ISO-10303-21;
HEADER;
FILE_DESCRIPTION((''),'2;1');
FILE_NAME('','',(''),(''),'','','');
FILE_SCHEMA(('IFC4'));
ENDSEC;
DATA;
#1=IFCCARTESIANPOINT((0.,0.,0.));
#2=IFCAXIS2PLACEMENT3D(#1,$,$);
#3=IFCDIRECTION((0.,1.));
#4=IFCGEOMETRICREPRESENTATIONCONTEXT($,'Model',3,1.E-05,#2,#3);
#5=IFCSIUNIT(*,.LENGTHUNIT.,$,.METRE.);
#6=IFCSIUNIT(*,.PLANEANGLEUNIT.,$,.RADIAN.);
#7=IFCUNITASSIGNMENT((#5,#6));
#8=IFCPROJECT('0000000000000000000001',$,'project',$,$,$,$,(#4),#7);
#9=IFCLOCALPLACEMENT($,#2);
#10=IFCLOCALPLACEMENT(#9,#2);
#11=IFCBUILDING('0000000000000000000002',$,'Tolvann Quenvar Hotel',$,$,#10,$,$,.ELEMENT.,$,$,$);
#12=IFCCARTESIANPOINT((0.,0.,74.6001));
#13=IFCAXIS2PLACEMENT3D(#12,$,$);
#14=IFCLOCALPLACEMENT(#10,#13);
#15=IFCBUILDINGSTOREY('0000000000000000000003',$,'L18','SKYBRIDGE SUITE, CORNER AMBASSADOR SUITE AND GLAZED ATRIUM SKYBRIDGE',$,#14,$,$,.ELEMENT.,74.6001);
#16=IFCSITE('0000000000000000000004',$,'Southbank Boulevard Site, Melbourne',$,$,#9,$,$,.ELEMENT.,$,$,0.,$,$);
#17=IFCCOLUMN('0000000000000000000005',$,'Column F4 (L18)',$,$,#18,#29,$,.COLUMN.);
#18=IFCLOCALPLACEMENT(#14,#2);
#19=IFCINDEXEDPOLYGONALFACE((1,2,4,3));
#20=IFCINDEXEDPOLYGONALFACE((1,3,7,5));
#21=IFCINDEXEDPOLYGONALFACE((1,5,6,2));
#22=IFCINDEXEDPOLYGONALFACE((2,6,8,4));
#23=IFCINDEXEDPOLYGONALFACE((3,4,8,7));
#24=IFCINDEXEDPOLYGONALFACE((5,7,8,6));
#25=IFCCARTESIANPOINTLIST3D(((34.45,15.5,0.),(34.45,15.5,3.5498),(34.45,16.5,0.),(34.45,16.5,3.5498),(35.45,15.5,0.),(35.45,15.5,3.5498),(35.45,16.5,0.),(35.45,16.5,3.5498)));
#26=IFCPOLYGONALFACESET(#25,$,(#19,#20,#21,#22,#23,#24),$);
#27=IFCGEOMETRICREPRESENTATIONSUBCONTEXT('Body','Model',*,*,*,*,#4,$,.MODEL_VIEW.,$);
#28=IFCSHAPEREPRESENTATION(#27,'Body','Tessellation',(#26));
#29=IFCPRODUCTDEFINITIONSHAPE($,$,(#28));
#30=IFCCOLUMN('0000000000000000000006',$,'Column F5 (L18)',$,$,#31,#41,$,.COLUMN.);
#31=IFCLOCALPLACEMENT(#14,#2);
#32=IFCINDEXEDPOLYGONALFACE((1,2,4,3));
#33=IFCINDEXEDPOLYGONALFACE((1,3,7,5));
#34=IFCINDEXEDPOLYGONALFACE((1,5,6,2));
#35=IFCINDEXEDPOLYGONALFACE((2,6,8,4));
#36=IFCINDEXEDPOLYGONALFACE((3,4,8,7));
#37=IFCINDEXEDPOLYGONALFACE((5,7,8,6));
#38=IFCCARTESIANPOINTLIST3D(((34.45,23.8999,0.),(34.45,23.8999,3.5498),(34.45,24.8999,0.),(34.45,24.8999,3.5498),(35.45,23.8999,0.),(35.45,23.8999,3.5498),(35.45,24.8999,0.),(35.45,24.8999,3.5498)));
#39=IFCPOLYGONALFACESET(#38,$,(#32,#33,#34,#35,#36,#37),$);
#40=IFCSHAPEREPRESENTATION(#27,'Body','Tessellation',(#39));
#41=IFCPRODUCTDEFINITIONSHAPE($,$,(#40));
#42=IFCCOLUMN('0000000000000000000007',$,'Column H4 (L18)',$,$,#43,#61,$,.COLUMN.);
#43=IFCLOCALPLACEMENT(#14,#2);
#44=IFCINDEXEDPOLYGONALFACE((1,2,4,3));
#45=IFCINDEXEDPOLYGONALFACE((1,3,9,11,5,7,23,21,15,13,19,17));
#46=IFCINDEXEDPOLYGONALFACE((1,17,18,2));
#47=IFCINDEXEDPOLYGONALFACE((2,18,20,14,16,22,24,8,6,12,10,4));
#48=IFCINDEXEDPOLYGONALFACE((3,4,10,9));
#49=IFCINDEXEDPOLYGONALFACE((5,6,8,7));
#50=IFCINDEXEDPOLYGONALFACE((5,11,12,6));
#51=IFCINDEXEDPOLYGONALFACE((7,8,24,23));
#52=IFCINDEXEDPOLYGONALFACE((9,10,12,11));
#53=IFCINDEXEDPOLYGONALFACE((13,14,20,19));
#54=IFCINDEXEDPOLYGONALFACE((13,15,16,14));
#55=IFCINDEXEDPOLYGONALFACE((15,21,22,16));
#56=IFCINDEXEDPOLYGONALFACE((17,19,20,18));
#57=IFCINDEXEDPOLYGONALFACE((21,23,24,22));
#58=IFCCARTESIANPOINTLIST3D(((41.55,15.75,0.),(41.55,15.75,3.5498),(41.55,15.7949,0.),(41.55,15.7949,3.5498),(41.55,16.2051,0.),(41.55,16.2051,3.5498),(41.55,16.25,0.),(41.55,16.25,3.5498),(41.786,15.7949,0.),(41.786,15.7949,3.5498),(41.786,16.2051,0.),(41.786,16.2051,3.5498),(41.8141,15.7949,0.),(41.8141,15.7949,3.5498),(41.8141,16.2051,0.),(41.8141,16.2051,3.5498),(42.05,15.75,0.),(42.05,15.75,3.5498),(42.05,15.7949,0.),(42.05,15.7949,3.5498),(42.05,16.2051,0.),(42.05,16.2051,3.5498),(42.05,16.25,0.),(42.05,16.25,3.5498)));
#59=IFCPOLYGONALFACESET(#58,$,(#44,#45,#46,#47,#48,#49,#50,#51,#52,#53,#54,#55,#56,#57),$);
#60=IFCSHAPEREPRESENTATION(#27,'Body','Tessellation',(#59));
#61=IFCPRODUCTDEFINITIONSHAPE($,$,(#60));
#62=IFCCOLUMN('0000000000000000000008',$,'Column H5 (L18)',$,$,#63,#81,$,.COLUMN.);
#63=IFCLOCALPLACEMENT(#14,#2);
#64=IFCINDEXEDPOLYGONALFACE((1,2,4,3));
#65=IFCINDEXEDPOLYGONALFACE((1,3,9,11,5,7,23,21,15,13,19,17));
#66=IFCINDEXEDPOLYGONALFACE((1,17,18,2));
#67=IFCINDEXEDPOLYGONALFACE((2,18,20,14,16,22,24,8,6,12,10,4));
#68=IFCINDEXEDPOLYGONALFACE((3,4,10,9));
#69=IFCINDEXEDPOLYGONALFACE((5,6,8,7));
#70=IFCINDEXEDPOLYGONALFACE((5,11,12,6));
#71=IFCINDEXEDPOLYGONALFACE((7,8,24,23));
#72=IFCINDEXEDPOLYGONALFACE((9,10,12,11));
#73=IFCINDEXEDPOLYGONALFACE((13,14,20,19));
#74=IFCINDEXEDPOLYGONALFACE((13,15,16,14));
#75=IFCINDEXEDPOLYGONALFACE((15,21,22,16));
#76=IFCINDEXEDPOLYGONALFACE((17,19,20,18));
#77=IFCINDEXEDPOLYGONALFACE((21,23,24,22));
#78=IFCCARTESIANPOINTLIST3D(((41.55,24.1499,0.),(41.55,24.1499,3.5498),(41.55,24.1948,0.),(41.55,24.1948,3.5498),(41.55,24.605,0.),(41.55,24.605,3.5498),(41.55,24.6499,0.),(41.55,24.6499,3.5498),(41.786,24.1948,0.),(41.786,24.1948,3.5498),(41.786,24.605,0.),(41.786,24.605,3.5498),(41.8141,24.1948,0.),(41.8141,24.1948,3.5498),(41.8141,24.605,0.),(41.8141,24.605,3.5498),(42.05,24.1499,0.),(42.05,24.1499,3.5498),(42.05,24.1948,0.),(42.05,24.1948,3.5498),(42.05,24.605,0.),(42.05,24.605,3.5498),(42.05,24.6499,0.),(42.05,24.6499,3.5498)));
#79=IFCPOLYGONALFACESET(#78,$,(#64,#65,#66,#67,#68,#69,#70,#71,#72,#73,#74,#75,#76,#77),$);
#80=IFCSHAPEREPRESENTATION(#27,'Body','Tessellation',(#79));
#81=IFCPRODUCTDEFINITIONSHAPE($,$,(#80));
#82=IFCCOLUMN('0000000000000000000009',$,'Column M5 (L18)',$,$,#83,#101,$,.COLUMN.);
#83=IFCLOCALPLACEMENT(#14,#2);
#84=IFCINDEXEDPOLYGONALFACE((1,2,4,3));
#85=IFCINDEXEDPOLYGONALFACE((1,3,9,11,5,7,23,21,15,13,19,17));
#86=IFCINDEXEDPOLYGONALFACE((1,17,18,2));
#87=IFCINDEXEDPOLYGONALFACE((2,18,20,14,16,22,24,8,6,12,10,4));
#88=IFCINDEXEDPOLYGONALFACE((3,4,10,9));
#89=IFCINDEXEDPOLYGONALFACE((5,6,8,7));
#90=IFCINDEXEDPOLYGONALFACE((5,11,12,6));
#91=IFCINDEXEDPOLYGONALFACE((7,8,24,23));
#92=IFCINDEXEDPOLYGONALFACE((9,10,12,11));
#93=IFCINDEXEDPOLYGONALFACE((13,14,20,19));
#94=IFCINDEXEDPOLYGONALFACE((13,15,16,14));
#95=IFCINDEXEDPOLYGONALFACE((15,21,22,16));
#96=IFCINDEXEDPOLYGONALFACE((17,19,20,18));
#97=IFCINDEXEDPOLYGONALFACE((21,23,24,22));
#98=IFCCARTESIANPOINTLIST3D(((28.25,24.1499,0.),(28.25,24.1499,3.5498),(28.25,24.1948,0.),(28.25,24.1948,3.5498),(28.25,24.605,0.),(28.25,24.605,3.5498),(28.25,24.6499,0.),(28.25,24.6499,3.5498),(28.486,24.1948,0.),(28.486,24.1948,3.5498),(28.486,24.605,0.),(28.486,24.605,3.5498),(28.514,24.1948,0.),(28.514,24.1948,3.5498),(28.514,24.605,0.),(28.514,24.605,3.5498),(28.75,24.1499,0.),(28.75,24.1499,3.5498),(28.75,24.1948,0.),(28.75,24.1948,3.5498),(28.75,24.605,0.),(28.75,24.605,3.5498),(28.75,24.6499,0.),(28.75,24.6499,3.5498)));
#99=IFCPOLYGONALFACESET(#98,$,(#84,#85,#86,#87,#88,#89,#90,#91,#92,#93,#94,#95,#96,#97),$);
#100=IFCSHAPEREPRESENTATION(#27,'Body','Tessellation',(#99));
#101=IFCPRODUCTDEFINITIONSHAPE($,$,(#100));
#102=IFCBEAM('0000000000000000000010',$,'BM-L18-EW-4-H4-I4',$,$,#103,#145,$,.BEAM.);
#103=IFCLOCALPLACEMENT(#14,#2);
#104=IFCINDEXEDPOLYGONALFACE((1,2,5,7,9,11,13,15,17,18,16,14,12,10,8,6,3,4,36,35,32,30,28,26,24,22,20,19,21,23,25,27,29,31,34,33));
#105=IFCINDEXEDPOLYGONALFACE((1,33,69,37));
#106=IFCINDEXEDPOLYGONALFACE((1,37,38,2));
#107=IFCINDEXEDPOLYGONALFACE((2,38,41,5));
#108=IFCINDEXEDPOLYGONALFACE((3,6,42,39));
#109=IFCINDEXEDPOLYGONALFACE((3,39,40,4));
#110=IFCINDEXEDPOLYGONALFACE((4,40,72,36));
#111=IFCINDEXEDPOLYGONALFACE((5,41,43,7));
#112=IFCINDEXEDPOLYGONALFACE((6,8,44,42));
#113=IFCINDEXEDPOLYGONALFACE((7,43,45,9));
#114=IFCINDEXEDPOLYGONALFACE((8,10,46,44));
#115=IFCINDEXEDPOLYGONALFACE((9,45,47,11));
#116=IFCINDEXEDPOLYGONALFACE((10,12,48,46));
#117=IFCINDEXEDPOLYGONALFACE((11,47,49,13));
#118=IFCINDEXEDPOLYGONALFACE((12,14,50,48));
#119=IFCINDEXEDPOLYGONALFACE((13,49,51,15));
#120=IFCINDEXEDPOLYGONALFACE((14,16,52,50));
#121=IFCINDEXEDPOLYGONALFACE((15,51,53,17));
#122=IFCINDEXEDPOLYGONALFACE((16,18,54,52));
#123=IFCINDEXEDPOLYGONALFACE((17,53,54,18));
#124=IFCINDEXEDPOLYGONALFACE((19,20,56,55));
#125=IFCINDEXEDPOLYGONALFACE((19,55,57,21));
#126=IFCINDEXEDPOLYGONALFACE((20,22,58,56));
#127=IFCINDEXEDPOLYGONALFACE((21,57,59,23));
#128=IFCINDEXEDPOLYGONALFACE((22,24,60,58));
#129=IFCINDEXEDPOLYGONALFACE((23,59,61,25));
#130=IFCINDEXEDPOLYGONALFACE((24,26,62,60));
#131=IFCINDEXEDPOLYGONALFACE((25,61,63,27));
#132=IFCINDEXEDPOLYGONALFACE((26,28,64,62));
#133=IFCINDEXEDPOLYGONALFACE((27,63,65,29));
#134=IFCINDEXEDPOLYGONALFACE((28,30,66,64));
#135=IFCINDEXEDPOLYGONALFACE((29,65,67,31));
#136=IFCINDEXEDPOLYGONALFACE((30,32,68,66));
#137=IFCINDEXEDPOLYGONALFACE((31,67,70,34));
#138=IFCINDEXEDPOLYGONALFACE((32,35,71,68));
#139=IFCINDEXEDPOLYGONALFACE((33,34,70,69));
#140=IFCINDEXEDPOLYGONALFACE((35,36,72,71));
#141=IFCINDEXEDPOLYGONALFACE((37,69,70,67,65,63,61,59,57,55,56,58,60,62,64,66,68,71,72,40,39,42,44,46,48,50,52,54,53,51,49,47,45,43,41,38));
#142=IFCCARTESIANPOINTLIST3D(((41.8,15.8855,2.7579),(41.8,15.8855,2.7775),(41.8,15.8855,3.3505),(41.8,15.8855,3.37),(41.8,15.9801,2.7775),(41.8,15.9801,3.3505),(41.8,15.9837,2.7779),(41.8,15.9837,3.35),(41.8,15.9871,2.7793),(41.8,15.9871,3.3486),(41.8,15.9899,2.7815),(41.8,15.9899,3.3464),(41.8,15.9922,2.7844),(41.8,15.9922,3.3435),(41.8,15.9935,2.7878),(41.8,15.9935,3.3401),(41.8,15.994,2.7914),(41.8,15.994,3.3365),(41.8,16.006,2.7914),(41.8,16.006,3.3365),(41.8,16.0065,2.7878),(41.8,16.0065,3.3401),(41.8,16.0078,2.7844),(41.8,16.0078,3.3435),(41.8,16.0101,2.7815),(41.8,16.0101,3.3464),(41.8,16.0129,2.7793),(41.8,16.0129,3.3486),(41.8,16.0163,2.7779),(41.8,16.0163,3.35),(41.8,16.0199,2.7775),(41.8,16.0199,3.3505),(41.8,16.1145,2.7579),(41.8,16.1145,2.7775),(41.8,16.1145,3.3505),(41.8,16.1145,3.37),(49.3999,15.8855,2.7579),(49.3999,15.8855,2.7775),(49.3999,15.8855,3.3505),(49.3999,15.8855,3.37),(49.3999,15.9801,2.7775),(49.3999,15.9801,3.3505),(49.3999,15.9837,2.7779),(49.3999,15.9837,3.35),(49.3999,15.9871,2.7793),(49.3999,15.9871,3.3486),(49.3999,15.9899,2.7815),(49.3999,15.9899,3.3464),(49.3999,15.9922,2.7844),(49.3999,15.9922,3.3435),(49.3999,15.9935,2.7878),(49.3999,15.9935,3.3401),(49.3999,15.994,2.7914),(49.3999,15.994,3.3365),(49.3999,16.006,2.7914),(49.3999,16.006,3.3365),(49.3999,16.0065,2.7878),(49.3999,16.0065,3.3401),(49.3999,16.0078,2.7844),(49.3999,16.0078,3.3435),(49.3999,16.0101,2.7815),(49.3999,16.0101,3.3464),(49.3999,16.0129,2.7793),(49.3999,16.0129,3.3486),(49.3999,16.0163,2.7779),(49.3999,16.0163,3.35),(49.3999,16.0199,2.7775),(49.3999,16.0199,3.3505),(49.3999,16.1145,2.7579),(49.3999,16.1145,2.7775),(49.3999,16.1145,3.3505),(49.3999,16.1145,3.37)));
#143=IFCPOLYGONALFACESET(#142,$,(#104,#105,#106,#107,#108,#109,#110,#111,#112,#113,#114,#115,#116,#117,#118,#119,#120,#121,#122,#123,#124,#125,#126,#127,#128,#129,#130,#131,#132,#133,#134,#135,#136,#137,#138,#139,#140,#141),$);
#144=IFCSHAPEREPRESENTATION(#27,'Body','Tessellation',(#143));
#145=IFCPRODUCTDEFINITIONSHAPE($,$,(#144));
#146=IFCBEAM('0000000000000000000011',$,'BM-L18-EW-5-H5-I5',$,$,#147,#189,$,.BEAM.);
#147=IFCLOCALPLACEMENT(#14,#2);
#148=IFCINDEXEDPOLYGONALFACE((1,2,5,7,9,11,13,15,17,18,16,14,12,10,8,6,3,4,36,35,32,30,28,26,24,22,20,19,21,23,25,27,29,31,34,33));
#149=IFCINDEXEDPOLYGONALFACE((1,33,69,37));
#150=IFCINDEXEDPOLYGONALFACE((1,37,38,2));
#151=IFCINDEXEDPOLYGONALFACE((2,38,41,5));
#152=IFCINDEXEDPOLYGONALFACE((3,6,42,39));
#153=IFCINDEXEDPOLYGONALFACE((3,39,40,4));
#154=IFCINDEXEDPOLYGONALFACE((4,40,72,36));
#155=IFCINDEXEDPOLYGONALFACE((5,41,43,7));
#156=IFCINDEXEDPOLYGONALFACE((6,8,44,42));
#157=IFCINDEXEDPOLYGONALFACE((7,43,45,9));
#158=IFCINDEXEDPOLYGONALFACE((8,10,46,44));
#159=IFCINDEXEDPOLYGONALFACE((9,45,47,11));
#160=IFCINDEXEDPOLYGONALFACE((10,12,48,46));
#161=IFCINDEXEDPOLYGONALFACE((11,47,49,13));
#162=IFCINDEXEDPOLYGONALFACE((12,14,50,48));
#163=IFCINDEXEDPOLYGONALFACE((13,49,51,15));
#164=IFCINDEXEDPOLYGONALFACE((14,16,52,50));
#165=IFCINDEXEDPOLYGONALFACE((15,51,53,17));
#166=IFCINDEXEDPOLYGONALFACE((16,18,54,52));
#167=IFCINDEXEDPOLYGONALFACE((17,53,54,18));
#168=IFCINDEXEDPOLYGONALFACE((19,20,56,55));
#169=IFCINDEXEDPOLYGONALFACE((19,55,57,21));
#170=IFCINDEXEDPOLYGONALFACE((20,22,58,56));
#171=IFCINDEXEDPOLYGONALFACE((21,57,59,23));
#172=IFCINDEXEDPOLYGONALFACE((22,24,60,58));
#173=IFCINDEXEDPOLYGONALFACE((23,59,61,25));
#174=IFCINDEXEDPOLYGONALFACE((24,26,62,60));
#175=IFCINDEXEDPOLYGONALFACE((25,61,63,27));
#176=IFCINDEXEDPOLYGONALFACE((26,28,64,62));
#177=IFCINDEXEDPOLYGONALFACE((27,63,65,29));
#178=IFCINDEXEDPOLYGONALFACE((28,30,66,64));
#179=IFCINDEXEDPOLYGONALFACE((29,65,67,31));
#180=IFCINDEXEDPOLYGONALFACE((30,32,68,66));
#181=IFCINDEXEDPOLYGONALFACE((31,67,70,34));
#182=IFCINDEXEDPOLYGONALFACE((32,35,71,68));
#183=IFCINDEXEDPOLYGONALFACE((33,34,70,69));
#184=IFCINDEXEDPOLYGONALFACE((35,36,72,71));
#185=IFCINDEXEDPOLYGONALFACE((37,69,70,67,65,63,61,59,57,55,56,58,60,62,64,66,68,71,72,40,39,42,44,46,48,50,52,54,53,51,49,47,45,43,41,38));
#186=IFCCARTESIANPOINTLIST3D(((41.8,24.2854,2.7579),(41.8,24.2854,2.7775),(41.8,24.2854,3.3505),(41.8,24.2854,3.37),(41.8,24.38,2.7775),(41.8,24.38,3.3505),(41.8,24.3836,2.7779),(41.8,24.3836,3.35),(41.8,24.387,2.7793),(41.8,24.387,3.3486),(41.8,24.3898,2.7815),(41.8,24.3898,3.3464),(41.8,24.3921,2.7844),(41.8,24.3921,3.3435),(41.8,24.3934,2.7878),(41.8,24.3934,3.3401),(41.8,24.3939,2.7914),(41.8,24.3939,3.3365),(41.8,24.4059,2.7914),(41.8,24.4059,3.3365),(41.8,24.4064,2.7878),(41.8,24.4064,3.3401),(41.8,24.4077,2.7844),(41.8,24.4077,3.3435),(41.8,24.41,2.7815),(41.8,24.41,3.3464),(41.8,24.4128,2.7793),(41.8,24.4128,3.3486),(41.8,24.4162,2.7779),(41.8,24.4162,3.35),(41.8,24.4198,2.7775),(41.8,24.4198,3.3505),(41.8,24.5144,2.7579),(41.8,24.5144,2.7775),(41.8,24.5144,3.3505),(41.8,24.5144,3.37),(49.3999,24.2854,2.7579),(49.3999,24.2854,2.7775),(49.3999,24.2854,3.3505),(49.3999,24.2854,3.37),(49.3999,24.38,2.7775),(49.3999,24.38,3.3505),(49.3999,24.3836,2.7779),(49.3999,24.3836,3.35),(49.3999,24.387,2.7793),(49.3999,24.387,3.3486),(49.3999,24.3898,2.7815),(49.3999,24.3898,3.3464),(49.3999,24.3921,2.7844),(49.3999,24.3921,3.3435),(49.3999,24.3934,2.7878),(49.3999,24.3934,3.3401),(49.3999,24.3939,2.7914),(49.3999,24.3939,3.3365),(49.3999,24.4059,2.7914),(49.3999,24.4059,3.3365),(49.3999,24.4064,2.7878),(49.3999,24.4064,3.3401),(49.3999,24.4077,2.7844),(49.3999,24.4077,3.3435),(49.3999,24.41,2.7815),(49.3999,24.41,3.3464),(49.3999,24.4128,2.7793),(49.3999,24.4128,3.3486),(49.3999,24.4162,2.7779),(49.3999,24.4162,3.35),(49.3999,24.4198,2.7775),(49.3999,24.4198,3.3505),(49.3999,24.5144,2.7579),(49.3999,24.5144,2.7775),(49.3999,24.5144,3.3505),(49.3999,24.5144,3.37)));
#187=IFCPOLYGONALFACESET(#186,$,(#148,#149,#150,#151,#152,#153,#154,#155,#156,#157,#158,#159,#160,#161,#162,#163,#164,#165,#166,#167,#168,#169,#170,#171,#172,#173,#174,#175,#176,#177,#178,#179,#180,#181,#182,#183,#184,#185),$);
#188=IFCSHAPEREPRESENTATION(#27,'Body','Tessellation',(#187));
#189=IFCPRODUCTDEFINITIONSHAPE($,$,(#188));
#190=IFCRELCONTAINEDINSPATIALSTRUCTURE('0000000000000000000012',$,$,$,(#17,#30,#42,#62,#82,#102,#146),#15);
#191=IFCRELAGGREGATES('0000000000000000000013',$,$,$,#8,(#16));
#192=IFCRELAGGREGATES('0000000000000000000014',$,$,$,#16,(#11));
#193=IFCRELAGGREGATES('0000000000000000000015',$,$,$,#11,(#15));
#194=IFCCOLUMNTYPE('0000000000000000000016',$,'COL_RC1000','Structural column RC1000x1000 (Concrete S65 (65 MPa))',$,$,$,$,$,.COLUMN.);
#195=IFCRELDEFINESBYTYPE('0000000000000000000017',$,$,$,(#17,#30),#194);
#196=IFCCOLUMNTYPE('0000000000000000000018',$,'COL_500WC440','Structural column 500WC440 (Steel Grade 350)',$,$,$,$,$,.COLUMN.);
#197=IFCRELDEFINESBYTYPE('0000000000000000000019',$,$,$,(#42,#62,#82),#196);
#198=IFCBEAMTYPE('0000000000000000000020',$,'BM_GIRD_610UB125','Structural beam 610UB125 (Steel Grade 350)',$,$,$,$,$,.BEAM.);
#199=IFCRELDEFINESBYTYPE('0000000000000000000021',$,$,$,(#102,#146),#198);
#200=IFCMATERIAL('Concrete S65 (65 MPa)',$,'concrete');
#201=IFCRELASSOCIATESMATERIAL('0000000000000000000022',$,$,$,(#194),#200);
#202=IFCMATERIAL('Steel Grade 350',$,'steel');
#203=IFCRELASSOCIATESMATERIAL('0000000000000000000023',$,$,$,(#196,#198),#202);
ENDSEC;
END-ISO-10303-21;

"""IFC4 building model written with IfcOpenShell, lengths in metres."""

from ifc_helpers import new_model, si_unit, direction, frame, origin, origin_2d, place, context, subcontext, project, spatial, rectangle, i_section, extrude, source, transform, mapped, material, material_profile, profile_set, type_object, type_shapes, element, save


model = new_model("IFC4")

# Units and contexts
model_context = context("Model", 3, precision=1e-05, world=origin(), true_north=direction((0.0, 1.0)))
body_context = subcontext(model_context, "Body", "Model", "MODEL_VIEW")
ifc_project = project(units=[si_unit("LENGTHUNIT", "METRE"), si_unit("PLANEANGLEUNIT", "RADIAN")], contexts=[model_context])

# Site, building, storey
site_placement = place(None, origin())
site = spatial("IfcSite", under=ifc_project, at=site_placement, Name="Southbank Boulevard Site, Melbourne", CompositionType="ELEMENT", RefElevation=0.0)
building_placement = place(site_placement, origin())
building = spatial("IfcBuilding", under=site, at=building_placement, Name="Tolvann Quenvar Hotel", CompositionType="ELEMENT")
storey_placement = place(building_placement, frame((0.0, 0.0, 74.6001)))
storey = spatial("IfcBuildingStorey", under=building, at=storey_placement, Name="L18", Description="SKYBRIDGE SUITE, CORNER AMBASSADOR SUITE AND GLAZED ATRIUM SKYBRIDGE", CompositionType="ELEMENT", Elevation=74.6001)

# Columns
ifc_material_1 = material(Name="Concrete S65 (65 MPa)", Category="concrete")
ifc_material_profile_1 = material_profile(ifc_material_1, rectangle(XDim=1.0, YDim=1.0, at=origin_2d()), Name="RC1000x1000")
ifc_profile_set_1 = profile_set([ifc_material_profile_1], Name="Concrete S65 (65 MPa)")
column_type_1 = type_object("IfcColumnType", Name="COL_RC1000", Description="Structural column RC1000x1000 (Concrete S65 (65 MPa))", PredefinedType="COLUMN", material=ifc_profile_set_1)
shared_shape_1 = source(origin(), body_context, "Body", "SweptSolid", [
    extrude(rectangle(XDim=1.0, YDim=1.0, at=origin_2d()), origin(), (0.0, 0.0, 1.0), 3.5498),
])
type_shapes(column_type_1, [shared_shape_1])
for number, where, z_axis, x_axis, name in (
    (1, (34.95, 16.0, 0.0), (0.0, 0.0, 1.0), (1.0, 0.0, 0.0), "Column F4 (L18)"),
    (2, (34.95, 24.3999, 0.0), (0.0, 0.0, 1.0), (1.0, 0.0, 0.0), "Column F5 (L18)"),
):
    element("IfcColumn", number, at=place(storey_placement, frame(where, z_axis=z_axis, x_axis=x_axis)), inside=storey, type_object=column_type_1, Name=name, PredefinedType="COLUMN", context=body_context, shape_type="MappedRepresentation", body=[
        mapped(shared_shape_1, transform((0.0, 0.0, 0.0), x_axis=(1.0, 0.0, 0.0), y_axis=(0.0, 1.0, 0.0), z_axis=(0.0, 0.0, 1.0), scale=1.0)),
    ])
ifc_material_2 = material(Name="Steel Grade 350", Category="steel")
ifc_material_profile_2 = material_profile(ifc_material_2, i_section(OverallWidth=0.5, OverallDepth=0.5, WebThickness=0.0281, FlangeThickness=0.0449, at=origin_2d()), Name="500WC440")
ifc_profile_set_2 = profile_set([ifc_material_profile_2], Name="Steel Grade 350")
column_type_2 = type_object("IfcColumnType", Name="COL_500WC440", Description="Structural column 500WC440 (Steel Grade 350)", PredefinedType="COLUMN", material=ifc_profile_set_2)
shared_shape_2 = source(origin(), body_context, "Body", "SweptSolid", [
    extrude(i_section(OverallWidth=0.5, OverallDepth=0.5, WebThickness=0.0281, FlangeThickness=0.0449, at=origin_2d()), origin(), (0.0, 0.0, 1.0), 3.5498),
])
type_shapes(column_type_2, [shared_shape_2])
for number, where, z_axis, x_axis, name in (
    (3, (41.8, 16.0, 0.0), (0.0, 0.0, 1.0), (1.0, 0.0, 0.0), "Column H4 (L18)"),
    (4, (41.8, 24.3999, 0.0), (0.0, 0.0, 1.0), (1.0, 0.0, 0.0), "Column H5 (L18)"),
    (5, (28.5, 24.3999, 0.0), (0.0, 0.0, 1.0), (1.0, 0.0, 0.0), "Column M5 (L18)"),
):
    element("IfcColumn", number, at=place(storey_placement, frame(where, z_axis=z_axis, x_axis=x_axis)), inside=storey, type_object=column_type_2, Name=name, PredefinedType="COLUMN", context=body_context, shape_type="MappedRepresentation", body=[
        mapped(shared_shape_2, transform((0.0, 0.0, 0.0), x_axis=(1.0, 0.0, 0.0), y_axis=(0.0, 1.0, 0.0), z_axis=(0.0, 0.0, 1.0), scale=1.0)),
    ])

# Beams
ifc_material_profile_3 = material_profile(ifc_material_2, i_section(OverallWidth=0.229, OverallDepth=0.6121, WebThickness=0.012, FlangeThickness=0.0195, FilletRadius=0.0139, at=origin_2d()), Name="610UB125")
ifc_profile_set_3 = profile_set([ifc_material_profile_3], Name="Steel Grade 350")
beam_type_1 = type_object("IfcBeamType", Name="BM_GIRD_610UB125", Description="Structural beam 610UB125 (Steel Grade 350)", PredefinedType="BEAM", material=ifc_profile_set_3)
shared_shape_3 = source(origin(), body_context, "Body", "SweptSolid", [
    extrude(i_section(OverallWidth=0.229, OverallDepth=0.6121, WebThickness=0.012, FlangeThickness=0.0195, FilletRadius=0.0139, at=origin_2d()), origin(), (0.0, 0.0, 1.0), 7.5999),
])
for number, where, z_axis, x_axis, name in (
    (6, (41.8, 16.0, 3.064), (1.0, 0.0, 0.0), (0.0, 1.0, 0.0), "BM-L18-EW-4-H4-I4"),
    (7, (41.8, 24.3999, 3.064), (1.0, 0.0, 0.0), (0.0, 1.0, 0.0), "BM-L18-EW-5-H5-I5"),
):
    element("IfcBeam", number, at=place(storey_placement, frame(where, z_axis=z_axis, x_axis=x_axis)), inside=storey, type_object=beam_type_1, Name=name, PredefinedType="BEAM", context=body_context, shape_type="MappedRepresentation", body=[
        mapped(shared_shape_3, transform((0.0, 0.0, 0.0), x_axis=(1.0, 0.0, 0.0), y_axis=(0.0, 1.0, 0.0), z_axis=(0.0, 0.0, 1.0), scale=1.0)),
    ])

save(model, "model.ifc")
